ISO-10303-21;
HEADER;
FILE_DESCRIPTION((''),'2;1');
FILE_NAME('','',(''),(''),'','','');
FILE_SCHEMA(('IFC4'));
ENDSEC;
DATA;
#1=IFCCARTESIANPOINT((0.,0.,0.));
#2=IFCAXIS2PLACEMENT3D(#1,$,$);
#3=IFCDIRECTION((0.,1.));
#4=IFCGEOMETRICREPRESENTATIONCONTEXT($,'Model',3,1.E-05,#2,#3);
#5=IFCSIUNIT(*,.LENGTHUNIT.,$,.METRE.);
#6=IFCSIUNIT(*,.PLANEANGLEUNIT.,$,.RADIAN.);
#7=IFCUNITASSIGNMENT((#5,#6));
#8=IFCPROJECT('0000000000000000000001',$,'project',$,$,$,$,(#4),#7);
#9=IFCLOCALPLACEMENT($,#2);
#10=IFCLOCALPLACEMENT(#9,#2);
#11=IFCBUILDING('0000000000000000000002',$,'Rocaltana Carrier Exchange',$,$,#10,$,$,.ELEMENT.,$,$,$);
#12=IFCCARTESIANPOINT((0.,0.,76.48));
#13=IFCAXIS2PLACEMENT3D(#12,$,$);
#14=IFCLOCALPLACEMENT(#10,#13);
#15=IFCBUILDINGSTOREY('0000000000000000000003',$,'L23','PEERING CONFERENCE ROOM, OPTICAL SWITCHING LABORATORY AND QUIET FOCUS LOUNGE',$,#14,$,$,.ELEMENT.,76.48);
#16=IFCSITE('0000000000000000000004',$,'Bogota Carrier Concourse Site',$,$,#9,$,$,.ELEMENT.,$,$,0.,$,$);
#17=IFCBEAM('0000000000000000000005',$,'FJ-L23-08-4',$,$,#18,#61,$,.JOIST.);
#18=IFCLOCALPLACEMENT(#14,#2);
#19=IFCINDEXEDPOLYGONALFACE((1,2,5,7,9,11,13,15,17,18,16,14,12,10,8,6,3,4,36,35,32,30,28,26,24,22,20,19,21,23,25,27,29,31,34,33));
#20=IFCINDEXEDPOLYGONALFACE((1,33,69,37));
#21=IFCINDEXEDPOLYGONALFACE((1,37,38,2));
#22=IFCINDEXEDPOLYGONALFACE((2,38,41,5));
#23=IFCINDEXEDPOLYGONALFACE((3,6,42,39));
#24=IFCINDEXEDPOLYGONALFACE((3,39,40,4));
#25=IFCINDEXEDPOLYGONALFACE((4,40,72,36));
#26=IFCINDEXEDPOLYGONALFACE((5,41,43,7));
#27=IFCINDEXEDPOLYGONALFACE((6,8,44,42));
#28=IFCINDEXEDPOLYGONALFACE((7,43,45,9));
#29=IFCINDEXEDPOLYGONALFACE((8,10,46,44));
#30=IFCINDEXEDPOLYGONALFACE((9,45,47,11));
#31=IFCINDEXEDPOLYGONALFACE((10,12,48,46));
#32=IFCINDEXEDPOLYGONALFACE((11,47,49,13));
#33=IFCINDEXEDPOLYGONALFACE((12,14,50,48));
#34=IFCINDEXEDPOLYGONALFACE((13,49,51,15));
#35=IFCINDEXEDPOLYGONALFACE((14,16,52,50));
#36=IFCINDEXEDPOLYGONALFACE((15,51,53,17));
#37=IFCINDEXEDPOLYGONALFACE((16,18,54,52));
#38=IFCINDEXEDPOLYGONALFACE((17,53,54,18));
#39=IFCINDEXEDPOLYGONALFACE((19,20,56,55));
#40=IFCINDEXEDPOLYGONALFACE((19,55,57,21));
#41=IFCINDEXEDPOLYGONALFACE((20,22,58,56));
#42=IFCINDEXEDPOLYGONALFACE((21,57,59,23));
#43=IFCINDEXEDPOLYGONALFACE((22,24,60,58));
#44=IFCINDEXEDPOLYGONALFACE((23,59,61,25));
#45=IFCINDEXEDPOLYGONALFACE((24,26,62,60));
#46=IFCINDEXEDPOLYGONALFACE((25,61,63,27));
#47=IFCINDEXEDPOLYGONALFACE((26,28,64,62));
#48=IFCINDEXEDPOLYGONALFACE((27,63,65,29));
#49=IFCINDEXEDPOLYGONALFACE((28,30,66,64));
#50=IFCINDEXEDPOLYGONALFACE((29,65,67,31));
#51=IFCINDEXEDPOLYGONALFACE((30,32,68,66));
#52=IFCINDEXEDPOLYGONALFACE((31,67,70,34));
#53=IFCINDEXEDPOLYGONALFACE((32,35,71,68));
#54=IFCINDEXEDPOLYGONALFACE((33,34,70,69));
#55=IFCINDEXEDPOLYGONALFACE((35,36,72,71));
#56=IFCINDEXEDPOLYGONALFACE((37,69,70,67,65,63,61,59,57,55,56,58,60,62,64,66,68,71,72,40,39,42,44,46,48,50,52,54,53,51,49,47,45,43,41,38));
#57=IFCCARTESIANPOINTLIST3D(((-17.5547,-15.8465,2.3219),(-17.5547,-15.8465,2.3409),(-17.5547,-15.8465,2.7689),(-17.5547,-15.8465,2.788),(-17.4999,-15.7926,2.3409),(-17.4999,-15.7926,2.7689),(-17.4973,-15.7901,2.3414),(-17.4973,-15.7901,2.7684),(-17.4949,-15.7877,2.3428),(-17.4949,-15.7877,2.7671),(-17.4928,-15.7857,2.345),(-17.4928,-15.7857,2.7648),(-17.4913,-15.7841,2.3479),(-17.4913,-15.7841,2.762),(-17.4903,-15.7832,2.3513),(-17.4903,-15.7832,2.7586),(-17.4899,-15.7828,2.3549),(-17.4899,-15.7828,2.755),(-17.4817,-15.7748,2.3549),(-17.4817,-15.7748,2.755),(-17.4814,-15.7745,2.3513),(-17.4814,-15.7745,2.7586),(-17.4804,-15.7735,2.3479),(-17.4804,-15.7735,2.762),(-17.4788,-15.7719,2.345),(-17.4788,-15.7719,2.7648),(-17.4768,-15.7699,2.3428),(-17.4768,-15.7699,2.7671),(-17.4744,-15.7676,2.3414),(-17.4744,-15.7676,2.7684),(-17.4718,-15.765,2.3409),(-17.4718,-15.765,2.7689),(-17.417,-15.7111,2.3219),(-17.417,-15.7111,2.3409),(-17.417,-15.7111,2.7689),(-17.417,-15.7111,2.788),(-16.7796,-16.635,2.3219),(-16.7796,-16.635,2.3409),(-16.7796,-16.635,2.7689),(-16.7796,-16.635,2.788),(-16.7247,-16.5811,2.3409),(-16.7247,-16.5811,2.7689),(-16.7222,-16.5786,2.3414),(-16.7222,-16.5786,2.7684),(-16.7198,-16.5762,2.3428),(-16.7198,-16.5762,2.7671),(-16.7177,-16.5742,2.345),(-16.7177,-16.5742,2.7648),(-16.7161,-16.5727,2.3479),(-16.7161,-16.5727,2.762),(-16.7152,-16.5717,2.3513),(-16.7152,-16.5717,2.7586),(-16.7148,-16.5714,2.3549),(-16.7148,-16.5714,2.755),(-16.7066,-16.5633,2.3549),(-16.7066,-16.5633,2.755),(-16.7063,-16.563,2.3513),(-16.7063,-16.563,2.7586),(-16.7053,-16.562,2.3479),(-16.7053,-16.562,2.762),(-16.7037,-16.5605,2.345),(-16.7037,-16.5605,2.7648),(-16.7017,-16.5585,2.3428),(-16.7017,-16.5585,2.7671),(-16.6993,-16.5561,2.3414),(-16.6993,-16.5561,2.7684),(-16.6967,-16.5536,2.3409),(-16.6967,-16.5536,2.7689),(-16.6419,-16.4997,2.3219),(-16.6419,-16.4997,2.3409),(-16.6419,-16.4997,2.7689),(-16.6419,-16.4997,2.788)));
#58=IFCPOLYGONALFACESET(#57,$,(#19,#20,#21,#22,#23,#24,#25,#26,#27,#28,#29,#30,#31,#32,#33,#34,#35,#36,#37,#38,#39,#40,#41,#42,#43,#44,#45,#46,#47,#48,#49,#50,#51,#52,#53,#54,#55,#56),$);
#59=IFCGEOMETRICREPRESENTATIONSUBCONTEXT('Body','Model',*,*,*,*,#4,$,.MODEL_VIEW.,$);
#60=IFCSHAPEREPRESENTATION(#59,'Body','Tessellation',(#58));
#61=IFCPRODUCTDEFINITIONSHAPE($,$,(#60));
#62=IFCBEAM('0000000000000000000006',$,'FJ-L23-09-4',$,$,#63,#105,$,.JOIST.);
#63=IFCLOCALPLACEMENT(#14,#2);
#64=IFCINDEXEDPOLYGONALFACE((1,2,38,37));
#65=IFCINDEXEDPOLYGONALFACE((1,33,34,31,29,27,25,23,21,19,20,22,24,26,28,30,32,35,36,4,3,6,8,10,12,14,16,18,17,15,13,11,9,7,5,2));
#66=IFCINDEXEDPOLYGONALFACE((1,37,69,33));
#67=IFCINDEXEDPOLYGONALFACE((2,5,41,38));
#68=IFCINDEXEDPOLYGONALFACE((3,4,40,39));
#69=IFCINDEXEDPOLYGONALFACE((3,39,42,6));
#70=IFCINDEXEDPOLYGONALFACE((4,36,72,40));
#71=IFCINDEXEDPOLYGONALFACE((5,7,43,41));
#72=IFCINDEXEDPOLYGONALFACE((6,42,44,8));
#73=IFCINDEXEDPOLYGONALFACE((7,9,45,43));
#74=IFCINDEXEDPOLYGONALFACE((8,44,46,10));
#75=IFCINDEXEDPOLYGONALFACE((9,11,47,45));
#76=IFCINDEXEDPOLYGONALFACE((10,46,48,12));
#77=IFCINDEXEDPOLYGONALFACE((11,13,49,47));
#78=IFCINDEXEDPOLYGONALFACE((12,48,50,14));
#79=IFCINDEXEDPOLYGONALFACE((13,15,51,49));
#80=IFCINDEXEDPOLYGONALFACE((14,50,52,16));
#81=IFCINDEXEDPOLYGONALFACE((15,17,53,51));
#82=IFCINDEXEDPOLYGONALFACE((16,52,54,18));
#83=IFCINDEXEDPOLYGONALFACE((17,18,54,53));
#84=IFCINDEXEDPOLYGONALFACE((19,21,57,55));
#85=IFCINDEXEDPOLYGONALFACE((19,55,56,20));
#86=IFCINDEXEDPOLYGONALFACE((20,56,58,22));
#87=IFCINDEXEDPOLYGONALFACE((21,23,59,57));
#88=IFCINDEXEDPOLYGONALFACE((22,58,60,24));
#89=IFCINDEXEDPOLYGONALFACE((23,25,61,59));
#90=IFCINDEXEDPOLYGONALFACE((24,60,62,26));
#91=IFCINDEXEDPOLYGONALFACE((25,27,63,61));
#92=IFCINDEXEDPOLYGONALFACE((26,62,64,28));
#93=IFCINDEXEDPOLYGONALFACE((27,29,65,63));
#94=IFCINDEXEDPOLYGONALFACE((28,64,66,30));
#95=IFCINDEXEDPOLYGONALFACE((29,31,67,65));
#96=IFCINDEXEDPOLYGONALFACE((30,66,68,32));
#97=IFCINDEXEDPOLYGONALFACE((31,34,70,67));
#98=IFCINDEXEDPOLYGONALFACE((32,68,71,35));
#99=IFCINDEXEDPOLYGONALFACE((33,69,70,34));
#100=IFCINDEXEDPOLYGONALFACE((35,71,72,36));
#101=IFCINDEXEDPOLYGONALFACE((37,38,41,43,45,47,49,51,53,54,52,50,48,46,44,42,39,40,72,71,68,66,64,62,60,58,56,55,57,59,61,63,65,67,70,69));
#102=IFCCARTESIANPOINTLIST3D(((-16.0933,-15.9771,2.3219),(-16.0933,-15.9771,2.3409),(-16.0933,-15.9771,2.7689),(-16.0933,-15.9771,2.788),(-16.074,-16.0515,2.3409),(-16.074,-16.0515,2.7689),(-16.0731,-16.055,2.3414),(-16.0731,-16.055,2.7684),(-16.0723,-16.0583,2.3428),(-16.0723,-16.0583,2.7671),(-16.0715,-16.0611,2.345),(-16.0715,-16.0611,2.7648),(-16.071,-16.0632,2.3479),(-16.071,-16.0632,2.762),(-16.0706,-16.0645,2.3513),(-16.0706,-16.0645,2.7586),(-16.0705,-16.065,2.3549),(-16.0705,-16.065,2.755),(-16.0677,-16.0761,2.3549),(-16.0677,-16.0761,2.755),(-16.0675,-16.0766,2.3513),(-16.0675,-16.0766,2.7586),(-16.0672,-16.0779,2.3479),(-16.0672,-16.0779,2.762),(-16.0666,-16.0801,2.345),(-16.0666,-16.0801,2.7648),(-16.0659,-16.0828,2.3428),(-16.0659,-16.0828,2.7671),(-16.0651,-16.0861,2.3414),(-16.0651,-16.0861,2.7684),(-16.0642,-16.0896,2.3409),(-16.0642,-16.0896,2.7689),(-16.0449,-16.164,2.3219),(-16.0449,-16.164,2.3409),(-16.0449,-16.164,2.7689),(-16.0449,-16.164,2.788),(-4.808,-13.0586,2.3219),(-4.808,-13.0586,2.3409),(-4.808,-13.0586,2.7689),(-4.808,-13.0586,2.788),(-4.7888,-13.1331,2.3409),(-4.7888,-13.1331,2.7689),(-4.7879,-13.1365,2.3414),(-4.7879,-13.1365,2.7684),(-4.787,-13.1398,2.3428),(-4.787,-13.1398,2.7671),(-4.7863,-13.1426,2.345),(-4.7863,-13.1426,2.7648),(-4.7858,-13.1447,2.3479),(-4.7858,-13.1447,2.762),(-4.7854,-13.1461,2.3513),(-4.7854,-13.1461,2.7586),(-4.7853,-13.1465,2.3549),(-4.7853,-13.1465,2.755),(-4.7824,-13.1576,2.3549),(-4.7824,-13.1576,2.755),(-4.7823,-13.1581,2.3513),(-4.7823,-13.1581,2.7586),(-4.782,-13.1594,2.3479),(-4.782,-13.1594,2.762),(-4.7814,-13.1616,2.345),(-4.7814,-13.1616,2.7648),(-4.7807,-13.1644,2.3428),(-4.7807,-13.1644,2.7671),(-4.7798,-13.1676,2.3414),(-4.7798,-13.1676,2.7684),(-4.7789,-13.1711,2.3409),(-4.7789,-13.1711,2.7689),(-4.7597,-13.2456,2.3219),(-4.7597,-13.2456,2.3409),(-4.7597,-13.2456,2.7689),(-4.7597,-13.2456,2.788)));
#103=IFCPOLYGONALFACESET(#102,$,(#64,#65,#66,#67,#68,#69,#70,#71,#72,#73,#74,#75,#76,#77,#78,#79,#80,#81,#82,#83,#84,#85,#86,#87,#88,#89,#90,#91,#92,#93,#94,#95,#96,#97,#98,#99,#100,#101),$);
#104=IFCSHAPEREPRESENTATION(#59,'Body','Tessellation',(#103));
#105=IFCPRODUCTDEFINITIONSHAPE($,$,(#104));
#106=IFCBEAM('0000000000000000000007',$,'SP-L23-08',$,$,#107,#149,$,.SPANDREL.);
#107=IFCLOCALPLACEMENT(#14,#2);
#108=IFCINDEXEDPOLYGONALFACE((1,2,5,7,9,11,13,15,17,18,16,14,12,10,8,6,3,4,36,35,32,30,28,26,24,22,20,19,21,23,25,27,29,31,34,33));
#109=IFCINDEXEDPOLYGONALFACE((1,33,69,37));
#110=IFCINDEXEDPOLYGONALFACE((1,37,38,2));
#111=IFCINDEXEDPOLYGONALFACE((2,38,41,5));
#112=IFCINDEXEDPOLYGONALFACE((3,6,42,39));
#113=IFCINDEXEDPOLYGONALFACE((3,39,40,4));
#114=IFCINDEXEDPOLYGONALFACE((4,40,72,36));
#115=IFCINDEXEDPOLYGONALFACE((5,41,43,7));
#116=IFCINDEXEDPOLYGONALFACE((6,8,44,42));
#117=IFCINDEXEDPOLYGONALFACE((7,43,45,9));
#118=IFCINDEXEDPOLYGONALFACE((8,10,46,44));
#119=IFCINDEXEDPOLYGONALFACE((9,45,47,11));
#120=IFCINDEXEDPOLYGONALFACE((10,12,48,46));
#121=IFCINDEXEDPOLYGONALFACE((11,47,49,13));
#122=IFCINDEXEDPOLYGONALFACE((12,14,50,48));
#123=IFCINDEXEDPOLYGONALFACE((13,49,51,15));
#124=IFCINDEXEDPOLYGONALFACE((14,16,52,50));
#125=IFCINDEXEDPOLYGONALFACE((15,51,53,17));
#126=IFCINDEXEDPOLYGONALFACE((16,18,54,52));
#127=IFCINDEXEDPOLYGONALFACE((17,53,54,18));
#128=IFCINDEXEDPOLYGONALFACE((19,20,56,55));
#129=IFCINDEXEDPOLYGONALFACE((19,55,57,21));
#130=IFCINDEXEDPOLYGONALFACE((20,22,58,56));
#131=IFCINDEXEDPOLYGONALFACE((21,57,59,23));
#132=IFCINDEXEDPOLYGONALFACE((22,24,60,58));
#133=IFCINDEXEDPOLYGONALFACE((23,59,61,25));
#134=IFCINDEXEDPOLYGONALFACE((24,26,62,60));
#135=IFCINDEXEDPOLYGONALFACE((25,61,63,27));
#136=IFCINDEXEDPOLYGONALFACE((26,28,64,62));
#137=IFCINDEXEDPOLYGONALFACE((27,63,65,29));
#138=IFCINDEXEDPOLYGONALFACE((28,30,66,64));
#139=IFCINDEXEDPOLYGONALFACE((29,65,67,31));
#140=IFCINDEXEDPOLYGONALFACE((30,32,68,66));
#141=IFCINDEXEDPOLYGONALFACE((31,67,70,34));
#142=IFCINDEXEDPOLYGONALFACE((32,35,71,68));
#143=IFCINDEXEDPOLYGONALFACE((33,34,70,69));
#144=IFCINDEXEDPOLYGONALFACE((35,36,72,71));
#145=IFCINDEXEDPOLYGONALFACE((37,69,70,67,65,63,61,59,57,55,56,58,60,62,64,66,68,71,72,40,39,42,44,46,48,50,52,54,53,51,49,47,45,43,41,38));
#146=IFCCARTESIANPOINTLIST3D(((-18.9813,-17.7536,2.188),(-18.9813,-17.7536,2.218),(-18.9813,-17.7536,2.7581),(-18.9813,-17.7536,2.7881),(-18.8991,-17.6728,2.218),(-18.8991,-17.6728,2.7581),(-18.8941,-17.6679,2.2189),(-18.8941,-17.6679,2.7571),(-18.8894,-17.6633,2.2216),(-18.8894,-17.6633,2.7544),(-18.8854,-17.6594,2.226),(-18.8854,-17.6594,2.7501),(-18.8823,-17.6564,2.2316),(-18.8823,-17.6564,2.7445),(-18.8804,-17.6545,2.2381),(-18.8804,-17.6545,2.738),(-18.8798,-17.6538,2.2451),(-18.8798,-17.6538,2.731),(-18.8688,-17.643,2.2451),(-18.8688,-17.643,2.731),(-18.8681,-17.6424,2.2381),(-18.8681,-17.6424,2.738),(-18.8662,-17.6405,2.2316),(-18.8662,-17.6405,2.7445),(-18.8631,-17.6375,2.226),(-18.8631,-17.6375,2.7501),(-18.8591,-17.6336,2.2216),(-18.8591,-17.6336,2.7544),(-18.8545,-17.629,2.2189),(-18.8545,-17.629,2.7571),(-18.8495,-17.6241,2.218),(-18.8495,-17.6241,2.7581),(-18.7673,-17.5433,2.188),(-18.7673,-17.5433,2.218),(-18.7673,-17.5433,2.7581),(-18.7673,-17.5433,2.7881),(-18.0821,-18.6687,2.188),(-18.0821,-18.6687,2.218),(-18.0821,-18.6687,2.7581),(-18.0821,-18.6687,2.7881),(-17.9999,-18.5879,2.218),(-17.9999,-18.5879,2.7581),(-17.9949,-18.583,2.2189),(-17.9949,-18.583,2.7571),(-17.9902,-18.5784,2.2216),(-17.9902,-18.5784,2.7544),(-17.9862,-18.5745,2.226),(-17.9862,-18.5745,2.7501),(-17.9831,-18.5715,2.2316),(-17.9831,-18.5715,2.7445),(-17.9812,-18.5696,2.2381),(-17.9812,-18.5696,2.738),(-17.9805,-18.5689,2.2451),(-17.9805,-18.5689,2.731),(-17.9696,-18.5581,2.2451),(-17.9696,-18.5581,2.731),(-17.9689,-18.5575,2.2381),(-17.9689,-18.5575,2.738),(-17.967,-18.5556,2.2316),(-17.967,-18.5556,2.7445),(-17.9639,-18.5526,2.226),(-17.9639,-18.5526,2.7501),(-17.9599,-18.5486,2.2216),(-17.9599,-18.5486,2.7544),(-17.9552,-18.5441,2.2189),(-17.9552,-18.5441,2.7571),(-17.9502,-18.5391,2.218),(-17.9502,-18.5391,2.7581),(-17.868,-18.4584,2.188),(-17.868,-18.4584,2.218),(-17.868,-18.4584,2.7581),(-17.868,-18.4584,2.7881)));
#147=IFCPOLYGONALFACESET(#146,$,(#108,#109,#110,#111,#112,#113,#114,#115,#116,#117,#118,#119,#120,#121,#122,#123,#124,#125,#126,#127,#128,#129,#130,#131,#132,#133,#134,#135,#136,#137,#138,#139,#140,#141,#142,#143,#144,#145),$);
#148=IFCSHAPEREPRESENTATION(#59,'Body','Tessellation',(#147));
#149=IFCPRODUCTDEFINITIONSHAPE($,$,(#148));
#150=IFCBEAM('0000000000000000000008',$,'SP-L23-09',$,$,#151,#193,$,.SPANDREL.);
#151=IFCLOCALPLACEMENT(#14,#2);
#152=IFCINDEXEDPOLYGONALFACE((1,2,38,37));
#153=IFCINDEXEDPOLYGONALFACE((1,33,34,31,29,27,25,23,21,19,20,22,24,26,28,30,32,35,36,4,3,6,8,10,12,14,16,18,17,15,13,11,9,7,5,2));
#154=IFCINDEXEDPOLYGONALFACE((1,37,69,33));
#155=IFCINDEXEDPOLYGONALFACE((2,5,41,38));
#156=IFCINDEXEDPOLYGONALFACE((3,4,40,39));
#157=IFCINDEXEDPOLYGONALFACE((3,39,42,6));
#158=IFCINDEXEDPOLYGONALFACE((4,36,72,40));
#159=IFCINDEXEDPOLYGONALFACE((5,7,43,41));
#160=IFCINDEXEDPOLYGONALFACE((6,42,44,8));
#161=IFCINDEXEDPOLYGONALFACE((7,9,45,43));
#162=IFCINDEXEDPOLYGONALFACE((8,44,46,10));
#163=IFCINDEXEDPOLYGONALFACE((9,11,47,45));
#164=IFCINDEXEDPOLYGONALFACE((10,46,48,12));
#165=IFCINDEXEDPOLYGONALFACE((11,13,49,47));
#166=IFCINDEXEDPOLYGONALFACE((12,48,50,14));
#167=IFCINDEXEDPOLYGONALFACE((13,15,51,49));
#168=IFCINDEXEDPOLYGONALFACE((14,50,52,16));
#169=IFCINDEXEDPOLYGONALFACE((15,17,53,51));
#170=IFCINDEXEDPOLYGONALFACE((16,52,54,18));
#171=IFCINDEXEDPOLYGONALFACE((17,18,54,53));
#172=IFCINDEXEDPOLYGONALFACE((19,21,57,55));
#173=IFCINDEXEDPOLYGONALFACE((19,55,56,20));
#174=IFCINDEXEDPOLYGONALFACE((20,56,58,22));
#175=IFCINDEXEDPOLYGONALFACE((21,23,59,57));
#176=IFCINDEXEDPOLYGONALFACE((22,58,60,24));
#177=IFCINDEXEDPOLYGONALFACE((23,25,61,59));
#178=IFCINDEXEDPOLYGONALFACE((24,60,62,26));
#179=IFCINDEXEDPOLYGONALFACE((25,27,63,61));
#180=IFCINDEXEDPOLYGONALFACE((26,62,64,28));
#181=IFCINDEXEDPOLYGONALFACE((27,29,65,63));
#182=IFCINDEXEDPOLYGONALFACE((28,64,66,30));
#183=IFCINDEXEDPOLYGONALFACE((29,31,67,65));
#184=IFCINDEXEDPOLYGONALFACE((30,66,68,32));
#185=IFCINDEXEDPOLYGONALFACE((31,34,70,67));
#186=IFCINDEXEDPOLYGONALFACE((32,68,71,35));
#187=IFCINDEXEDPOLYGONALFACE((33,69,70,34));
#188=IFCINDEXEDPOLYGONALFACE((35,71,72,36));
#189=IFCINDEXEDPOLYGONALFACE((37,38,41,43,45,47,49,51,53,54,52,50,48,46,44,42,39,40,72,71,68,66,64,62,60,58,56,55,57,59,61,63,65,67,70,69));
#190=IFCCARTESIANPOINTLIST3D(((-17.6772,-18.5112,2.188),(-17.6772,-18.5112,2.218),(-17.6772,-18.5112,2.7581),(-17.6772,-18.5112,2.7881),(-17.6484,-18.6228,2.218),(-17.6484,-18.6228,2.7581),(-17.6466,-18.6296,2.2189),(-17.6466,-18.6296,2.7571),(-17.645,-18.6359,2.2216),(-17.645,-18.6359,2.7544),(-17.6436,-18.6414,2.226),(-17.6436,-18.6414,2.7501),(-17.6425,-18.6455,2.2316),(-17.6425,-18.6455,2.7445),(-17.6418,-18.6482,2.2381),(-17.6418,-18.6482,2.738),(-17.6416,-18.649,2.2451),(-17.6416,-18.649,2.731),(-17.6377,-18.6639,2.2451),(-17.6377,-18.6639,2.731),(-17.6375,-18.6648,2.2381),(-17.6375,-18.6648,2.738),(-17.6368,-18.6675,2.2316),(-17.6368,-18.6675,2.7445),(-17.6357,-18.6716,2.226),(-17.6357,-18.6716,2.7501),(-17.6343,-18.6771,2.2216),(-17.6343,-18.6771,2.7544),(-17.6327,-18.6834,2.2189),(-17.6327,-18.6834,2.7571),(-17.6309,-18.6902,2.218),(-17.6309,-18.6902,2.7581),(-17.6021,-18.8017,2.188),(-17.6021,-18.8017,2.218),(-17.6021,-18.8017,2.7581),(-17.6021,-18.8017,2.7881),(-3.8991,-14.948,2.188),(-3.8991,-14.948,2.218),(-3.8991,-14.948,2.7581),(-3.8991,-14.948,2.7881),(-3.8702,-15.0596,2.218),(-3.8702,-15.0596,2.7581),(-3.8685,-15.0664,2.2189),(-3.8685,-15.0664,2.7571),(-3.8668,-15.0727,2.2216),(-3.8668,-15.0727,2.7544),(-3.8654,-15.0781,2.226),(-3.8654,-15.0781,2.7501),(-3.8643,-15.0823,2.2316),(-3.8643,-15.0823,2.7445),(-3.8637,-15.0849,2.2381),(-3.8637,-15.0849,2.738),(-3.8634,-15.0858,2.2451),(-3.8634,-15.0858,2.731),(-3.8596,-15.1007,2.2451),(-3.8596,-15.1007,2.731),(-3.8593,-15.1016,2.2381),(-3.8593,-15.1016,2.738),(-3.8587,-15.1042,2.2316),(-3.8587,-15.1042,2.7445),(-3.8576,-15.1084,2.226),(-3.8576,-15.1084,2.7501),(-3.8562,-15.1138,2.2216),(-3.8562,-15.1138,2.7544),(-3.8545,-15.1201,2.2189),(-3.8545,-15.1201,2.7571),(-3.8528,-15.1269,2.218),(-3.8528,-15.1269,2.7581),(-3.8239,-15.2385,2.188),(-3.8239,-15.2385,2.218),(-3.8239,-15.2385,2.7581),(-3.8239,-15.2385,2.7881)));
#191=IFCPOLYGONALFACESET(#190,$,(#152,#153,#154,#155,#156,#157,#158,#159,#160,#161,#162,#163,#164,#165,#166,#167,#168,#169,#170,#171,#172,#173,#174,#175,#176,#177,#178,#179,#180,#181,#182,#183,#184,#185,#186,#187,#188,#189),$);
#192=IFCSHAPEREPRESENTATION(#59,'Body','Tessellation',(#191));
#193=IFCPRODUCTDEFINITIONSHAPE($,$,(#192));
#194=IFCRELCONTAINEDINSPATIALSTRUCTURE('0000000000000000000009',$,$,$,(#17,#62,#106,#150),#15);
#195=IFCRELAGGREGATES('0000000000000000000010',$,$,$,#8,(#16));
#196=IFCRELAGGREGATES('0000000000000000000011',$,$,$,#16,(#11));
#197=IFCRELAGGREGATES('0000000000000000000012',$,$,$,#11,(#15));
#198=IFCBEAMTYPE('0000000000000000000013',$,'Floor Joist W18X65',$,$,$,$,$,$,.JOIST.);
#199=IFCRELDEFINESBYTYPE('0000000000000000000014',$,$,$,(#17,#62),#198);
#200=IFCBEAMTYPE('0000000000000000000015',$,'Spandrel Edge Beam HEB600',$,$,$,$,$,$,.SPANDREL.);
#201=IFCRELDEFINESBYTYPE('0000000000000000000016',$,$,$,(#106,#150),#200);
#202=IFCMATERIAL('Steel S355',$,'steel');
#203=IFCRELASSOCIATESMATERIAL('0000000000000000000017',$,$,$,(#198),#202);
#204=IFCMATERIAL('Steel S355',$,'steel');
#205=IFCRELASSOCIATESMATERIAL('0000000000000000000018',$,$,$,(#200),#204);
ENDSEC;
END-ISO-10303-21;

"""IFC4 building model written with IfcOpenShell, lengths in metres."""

from ifc_helpers import new_model, si_unit, direction, frame, origin, origin_2d, place, context, subcontext, project, spatial, i_section, extrude, material, material_profile, profile_set, type_object, element, save


model = new_model("IFC4")

# Units and contexts
model_context = context("Model", 3, precision=1e-05, world=origin(), true_north=direction((0.0, 1.0)))
body_context = subcontext(model_context, "Body", "Model", "MODEL_VIEW")
ifc_project = project(units=[si_unit("LENGTHUNIT", "METRE"), si_unit("PLANEANGLEUNIT", "RADIAN")], contexts=[model_context])

# Site, building, storey
site_placement = place(None, origin())
site = spatial("IfcSite", under=ifc_project, at=site_placement, Name="Bogota Carrier Concourse Site", CompositionType="ELEMENT", RefElevation=0.0)
building_placement = place(site_placement, origin())
building = spatial("IfcBuilding", under=site, at=building_placement, Name="Rocaltana Carrier Exchange", CompositionType="ELEMENT")
storey_placement = place(building_placement, frame((0.0, 0.0, 76.48)))
storey = spatial("IfcBuildingStorey", under=building, at=storey_placement, Name="L23", Description="PEERING CONFERENCE ROOM, OPTICAL SWITCHING LABORATORY AND QUIET FOCUS LOUNGE", CompositionType="ELEMENT", Elevation=76.48)

# Beams
ifc_material_1 = material(Name="Steel S355", Category="steel")
ifc_material_profile_1 = material_profile(ifc_material_1, i_section(OverallWidth=0.1931, OverallDepth=0.4661, WebThickness=0.0115, FlangeThickness=0.019, FilletRadius=0.0139, at=origin_2d()), Name="W18X65")
ifc_profile_set_1 = profile_set([ifc_material_profile_1], Name="Steel S355")
beam_type_1 = type_object("IfcBeamType", Name="Floor Joist W18X65", PredefinedType="JOIST", material=ifc_profile_set_1)
beam_1_placement = place(storey_placement, frame((-17.4858, -15.7788, 2.5549), z_axis=(0.701009, -0.713152, 0.0), x_axis=(0.713152, 0.701009, 0.0)))
element("IfcBeam", 1, at=beam_1_placement, inside=storey, type_object=beam_type_1, Name="FJ-L23-08-4", PredefinedType="JOIST", context=body_context, shape_type="SweptSolid", body=[
    extrude(i_section(OverallWidth=0.1931, OverallDepth=0.4661, WebThickness=0.0115, FlangeThickness=0.019, FilletRadius=0.0139, at=origin_2d()), origin(), (0.0, 0.0, 1.0), 1.1057),
])
beam_2_placement = place(storey_placement, frame((-16.0691, -16.0706, 2.5549), z_axis=(0.968149, 0.250373, 0.0), x_axis=(-0.250373, 0.968149, 0.0)))
element("IfcBeam", 2, at=beam_2_placement, inside=storey, type_object=beam_type_1, Name="FJ-L23-09-4", PredefinedType="JOIST", context=body_context, shape_type="SweptSolid", body=[
    extrude(i_section(OverallWidth=0.1931, OverallDepth=0.4661, WebThickness=0.0115, FlangeThickness=0.019, FilletRadius=0.0139, at=origin_2d()), origin(), (0.0, 0.0, 1.0), 11.6565),
])
ifc_material_2 = material(Name="Steel S355", Category="steel")
ifc_material_profile_2 = material_profile(ifc_material_2, i_section(OverallWidth=0.3, OverallDepth=0.6001, WebThickness=0.0154, FlangeThickness=0.03, FilletRadius=0.0271, at=origin_2d()), Name="HEB600")
ifc_profile_set_2 = profile_set([ifc_material_profile_2], Name="Steel S355")
beam_type_2 = type_object("IfcBeamType", Name="Spandrel Edge Beam HEB600", PredefinedType="SPANDREL", material=ifc_profile_set_2)
beam_3_placement = place(storey_placement, frame((-18.8743, -17.6484, 2.488), z_axis=(0.700895, -0.713265, 0.0), x_axis=(0.713265, 0.700895, 0.0)))
element("IfcBeam", 3, at=beam_3_placement, inside=storey, type_object=beam_type_2, Name="SP-L23-08", PredefinedType="SPANDREL", context=body_context, shape_type="SweptSolid", body=[
    extrude(i_section(OverallWidth=0.3, OverallDepth=0.6001, WebThickness=0.0154, FlangeThickness=0.03, FilletRadius=0.0271, at=origin_2d()), origin(), (0.0, 0.0, 1.0), 1.283),
])
beam_4_placement = place(storey_placement, frame((-17.6396, -18.6565, 2.488), z_axis=(0.968148, 0.250379, 0.0), x_axis=(-0.250379, 0.968148, 0.0)))
element("IfcBeam", 4, at=beam_4_placement, inside=storey, type_object=beam_type_2, Name="SP-L23-09", PredefinedType="SPANDREL", context=body_context, shape_type="SweptSolid", body=[
    extrude(i_section(OverallWidth=0.3, OverallDepth=0.6001, WebThickness=0.0154, FlangeThickness=0.03, FilletRadius=0.0271, at=origin_2d()), origin(), (0.0, 0.0, 1.0), 14.2314),
])

save(model, "model.ifc")
